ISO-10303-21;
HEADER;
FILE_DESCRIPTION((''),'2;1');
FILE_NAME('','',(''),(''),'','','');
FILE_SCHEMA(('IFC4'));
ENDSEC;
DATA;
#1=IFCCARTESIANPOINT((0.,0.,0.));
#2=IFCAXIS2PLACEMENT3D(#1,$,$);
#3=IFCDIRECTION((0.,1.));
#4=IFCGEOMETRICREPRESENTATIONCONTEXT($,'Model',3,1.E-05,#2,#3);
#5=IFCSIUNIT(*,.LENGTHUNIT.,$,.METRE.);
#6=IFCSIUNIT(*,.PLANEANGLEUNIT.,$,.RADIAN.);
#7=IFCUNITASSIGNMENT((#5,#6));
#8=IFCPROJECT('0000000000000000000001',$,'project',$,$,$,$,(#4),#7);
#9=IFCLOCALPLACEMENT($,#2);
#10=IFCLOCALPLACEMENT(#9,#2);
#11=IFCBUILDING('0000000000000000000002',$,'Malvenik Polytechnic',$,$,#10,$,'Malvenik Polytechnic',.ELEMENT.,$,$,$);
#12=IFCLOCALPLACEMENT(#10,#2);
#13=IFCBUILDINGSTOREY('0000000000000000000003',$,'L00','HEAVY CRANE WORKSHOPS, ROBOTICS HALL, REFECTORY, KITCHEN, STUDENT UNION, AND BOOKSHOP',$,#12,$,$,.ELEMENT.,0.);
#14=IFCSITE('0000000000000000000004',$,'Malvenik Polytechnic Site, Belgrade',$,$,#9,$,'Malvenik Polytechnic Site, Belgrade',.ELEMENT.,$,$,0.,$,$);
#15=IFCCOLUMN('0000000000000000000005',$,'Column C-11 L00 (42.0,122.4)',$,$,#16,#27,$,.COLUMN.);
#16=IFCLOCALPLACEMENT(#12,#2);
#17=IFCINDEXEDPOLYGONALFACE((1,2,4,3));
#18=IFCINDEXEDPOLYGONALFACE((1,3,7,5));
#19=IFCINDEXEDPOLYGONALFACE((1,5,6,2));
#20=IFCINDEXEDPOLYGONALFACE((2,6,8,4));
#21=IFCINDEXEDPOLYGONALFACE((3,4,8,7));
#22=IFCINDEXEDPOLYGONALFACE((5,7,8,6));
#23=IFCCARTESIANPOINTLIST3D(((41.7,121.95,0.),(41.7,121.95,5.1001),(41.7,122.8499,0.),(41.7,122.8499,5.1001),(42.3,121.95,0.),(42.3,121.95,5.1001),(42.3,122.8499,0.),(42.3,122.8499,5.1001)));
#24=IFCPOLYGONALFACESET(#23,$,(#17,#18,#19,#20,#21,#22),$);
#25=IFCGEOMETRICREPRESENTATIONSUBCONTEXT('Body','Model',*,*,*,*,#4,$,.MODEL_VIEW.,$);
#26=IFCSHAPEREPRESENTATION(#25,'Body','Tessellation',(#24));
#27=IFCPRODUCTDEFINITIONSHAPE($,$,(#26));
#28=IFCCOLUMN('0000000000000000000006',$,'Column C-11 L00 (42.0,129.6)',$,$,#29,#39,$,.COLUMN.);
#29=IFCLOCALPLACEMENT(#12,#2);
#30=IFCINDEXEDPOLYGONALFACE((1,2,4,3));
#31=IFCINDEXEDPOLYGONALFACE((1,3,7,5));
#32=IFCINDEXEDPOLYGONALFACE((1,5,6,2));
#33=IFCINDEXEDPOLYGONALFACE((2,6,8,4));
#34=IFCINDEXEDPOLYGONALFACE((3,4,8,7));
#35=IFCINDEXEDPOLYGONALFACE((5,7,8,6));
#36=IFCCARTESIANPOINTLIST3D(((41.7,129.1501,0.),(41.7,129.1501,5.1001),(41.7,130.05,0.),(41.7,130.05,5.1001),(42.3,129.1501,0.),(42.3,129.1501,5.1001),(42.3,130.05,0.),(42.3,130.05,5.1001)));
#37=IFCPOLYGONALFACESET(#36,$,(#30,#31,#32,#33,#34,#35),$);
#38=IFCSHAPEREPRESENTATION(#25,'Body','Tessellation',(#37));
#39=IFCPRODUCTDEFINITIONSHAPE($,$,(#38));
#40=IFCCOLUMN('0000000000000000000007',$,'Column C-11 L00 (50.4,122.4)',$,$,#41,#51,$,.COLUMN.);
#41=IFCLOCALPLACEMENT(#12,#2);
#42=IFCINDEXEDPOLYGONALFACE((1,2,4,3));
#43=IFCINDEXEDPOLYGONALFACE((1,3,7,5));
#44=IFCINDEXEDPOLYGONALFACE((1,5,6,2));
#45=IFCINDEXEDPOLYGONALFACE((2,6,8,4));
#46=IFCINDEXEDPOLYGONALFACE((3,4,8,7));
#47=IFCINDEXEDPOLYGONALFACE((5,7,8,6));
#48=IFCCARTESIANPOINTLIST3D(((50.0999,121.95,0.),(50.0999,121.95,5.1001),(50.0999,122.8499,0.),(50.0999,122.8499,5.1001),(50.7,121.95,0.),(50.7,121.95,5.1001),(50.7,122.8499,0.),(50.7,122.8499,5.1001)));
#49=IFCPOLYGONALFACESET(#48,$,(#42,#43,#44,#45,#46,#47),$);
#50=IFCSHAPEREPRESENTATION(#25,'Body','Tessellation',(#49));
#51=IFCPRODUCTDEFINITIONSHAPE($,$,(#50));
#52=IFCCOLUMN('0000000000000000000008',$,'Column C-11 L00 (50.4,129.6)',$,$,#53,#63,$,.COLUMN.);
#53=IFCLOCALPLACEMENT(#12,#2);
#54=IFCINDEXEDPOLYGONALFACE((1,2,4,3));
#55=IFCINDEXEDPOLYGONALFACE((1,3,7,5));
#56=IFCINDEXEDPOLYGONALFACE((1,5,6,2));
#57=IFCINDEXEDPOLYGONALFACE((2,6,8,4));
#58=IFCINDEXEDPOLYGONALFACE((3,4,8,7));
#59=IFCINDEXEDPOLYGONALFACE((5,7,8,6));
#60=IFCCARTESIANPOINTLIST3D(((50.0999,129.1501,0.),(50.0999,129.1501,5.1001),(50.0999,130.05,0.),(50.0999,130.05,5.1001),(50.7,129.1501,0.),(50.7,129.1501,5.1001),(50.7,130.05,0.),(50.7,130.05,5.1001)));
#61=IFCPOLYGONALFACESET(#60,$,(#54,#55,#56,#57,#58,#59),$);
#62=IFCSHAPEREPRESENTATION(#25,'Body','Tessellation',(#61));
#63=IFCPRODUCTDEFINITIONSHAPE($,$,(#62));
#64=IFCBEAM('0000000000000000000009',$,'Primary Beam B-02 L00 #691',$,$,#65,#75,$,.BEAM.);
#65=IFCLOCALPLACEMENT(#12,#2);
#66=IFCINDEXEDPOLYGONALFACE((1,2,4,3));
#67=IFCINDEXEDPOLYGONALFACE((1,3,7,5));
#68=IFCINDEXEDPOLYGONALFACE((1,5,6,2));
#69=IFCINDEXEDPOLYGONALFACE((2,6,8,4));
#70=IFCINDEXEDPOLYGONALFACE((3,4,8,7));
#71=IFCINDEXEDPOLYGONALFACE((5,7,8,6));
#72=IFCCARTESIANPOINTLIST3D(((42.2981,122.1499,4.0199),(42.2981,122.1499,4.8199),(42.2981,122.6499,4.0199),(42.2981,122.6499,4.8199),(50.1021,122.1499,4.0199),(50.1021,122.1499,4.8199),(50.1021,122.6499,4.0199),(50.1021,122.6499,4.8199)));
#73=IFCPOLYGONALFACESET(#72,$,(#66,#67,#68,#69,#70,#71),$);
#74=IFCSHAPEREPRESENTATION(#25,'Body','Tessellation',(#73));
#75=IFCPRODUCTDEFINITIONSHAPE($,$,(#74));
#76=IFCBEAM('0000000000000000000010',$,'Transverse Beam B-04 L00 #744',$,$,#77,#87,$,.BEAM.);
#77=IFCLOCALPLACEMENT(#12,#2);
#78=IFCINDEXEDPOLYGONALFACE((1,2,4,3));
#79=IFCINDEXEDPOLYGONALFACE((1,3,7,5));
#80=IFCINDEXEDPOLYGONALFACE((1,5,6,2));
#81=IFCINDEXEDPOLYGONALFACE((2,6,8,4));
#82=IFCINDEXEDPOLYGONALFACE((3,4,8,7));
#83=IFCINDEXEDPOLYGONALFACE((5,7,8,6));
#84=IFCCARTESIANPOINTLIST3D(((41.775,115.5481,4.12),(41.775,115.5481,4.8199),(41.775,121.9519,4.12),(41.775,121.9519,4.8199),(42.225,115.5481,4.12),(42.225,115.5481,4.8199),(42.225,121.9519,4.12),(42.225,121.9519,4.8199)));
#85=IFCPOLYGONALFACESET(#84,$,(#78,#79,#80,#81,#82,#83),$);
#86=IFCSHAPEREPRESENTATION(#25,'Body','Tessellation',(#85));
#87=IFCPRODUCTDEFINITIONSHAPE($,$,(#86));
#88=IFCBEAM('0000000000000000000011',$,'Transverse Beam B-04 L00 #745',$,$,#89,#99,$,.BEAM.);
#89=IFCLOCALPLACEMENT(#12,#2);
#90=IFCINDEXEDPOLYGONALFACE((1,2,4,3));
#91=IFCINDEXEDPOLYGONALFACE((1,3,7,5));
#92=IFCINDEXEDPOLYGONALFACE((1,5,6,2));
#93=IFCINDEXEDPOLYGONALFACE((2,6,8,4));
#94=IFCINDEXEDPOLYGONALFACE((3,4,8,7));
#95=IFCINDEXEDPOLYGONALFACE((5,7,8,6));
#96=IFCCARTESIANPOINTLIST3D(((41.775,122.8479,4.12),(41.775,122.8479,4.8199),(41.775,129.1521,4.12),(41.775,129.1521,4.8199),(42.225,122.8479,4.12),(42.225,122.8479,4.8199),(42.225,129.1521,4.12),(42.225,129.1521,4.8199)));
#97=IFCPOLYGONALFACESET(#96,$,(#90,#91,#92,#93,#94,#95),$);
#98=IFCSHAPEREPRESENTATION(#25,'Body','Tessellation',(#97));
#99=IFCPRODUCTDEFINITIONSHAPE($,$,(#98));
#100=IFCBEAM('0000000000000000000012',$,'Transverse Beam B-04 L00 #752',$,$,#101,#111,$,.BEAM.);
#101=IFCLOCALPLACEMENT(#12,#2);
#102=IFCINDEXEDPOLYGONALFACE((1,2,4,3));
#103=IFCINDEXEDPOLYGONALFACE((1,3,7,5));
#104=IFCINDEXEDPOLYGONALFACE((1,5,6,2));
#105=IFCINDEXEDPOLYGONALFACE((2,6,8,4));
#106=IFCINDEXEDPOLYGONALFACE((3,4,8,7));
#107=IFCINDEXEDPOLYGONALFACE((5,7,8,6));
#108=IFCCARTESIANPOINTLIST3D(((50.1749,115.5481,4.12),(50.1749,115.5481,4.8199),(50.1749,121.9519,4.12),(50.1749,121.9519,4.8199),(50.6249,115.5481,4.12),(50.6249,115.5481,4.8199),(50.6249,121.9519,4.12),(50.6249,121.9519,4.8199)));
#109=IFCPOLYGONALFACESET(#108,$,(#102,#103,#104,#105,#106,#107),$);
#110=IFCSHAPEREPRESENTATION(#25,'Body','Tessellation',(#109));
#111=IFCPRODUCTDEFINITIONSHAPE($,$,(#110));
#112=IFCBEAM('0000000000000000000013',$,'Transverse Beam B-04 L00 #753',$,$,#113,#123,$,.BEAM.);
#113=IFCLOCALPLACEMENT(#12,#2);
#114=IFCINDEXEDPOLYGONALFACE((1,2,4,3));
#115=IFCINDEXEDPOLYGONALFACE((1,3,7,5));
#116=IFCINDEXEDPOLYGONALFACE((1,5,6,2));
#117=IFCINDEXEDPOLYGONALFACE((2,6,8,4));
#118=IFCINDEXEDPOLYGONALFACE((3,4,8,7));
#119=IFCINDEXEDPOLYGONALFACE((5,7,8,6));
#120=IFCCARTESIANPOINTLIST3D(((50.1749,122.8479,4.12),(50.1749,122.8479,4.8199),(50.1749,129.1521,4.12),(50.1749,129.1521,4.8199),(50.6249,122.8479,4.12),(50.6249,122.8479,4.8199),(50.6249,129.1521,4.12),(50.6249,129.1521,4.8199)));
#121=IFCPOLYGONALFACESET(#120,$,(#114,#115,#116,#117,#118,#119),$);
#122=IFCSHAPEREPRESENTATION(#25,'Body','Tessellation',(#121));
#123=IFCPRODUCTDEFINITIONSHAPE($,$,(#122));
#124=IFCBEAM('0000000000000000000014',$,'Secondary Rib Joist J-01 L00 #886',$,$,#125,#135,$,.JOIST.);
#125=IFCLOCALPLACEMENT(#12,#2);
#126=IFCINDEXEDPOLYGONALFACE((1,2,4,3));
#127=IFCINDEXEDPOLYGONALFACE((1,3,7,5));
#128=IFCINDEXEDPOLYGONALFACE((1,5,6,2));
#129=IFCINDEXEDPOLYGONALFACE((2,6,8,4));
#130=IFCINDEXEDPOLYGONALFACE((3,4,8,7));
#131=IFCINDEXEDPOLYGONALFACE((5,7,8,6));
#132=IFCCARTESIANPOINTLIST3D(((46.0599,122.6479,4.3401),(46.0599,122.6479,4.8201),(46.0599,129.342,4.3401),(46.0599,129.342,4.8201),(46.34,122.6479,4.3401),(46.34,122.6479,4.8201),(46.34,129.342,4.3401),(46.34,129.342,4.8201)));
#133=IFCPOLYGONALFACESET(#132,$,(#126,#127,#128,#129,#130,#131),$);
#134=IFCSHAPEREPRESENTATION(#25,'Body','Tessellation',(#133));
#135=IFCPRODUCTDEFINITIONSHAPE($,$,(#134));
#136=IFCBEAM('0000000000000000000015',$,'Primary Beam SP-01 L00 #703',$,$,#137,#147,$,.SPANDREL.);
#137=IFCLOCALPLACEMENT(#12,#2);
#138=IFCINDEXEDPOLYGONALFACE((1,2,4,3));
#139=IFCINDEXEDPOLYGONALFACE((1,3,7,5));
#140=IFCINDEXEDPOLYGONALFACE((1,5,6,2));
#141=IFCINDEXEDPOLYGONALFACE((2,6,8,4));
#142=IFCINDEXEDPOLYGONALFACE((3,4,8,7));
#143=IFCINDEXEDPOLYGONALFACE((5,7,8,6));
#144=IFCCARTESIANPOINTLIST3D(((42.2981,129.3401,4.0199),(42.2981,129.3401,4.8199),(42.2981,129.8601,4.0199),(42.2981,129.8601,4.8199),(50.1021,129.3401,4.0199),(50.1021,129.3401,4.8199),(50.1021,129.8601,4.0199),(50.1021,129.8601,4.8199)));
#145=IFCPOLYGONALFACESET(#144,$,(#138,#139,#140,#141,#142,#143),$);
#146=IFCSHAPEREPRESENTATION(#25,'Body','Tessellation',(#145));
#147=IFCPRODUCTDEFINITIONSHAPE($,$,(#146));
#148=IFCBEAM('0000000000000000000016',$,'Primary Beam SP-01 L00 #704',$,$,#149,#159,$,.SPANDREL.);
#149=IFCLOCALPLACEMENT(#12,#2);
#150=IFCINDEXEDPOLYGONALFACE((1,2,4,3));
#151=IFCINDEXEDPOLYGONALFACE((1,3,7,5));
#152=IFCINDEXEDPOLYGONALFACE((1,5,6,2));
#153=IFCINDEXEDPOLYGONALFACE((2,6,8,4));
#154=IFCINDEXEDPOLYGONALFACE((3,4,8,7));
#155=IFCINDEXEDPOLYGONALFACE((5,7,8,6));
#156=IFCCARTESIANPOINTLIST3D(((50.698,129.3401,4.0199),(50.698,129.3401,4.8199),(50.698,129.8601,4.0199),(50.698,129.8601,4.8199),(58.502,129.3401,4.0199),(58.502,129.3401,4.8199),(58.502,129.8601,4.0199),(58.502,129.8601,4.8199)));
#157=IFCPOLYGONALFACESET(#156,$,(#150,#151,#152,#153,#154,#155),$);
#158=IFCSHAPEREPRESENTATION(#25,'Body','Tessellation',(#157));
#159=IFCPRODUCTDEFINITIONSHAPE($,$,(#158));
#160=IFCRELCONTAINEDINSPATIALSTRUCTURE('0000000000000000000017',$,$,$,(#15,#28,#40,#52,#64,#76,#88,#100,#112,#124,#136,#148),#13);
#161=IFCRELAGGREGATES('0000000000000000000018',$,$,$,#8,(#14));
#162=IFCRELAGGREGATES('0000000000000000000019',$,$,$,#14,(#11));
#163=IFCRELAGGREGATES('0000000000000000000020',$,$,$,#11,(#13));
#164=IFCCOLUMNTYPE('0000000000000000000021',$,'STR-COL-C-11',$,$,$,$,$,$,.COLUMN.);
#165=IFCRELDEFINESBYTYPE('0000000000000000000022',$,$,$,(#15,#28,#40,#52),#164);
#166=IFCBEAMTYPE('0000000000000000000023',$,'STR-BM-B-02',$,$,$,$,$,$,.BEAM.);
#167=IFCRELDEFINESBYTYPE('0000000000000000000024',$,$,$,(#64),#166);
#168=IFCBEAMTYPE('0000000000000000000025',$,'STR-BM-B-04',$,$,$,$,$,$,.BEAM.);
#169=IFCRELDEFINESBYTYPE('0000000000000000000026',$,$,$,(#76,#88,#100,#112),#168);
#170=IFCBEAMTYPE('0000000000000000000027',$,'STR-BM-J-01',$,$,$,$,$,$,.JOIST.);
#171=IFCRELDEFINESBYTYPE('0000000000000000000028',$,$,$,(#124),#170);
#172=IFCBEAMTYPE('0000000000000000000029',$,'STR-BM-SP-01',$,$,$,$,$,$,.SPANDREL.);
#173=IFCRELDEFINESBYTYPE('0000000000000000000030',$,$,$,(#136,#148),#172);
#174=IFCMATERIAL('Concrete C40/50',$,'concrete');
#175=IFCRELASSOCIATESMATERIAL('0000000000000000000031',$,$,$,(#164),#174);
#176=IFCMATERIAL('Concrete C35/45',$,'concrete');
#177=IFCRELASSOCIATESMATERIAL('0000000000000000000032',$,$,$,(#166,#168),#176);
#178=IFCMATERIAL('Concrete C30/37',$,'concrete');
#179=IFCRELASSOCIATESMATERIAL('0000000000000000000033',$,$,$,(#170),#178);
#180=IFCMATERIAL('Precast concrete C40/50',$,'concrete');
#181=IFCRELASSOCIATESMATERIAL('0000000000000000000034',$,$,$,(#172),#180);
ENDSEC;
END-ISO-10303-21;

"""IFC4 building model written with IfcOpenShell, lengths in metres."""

from ifc_helpers import new_model, si_unit, direction, frame, origin, origin_2d, place, context, subcontext, project, spatial, rectangle, extrude, material, material_profile, profile_set, type_object, element, save


model = new_model("IFC4")

# Units and contexts
model_context = context("Model", 3, precision=1e-05, world=origin(), true_north=direction((0.0, 1.0)))
body_context = subcontext(model_context, "Body", "Model", "MODEL_VIEW")
ifc_project = project(units=[si_unit("LENGTHUNIT", "METRE"), si_unit("PLANEANGLEUNIT", "RADIAN")], contexts=[model_context])

# Site, building, storey
site_placement = place(None, origin())
site = spatial("IfcSite", under=ifc_project, at=site_placement, Name="Malvenik Polytechnic Site, Belgrade", LongName="Malvenik Polytechnic Site, Belgrade", CompositionType="ELEMENT", RefElevation=0.0)
building_placement = place(site_placement, origin())
building = spatial("IfcBuilding", under=site, at=building_placement, Name="Malvenik Polytechnic", LongName="Malvenik Polytechnic", CompositionType="ELEMENT")
storey_placement = place(building_placement, origin())
storey = spatial("IfcBuildingStorey", under=building, at=storey_placement, Name="L00", Description="HEAVY CRANE WORKSHOPS, ROBOTICS HALL, REFECTORY, KITCHEN, STUDENT UNION, AND BOOKSHOP", CompositionType="ELEMENT", Elevation=0.0)

# Columns
ifc_material_1 = material(Name="Concrete C40/50", Category="concrete")
ifc_material_profile_1 = material_profile(ifc_material_1, rectangle(XDim=0.6001, YDim=0.8999, at=origin_2d()), Name="RC COL 900x600")
ifc_profile_set_1 = profile_set([ifc_material_profile_1], Name="Concrete C40/50")
column_type = type_object("IfcColumnType", Name="STR-COL-C-11", PredefinedType="COLUMN", material=ifc_profile_set_1)
for number, where, z_axis, x_axis, name in (
    (1, (42.0, 122.3999, 0.0), (0.0, 0.0, 1.0), (1.0, 0.0, 0.0), "Column C-11 L00 (42.0,122.4)"),
    (2, (42.0, 129.6001, 0.0), (0.0, 0.0, 1.0), (1.0, 0.0, 0.0), "Column C-11 L00 (42.0,129.6)"),
    (3, (50.3999, 122.3999, 0.0), (0.0, 0.0, 1.0), (1.0, 0.0, 0.0), "Column C-11 L00 (50.4,122.4)"),
    (4, (50.3999, 129.6001, 0.0), (0.0, 0.0, 1.0), (1.0, 0.0, 0.0), "Column C-11 L00 (50.4,129.6)"),
):
    element("IfcColumn", number, at=place(storey_placement, frame(where, z_axis=z_axis, x_axis=x_axis)), inside=storey, type_object=column_type, Name=name, PredefinedType="COLUMN", context=body_context, shape_type="SweptSolid", body=[
        extrude(rectangle(XDim=0.6001, YDim=0.8999, at=origin_2d()), origin(), (0.0, 0.0, 1.0), 5.1001),
    ])

# Beams
ifc_material_2 = material(Name="Concrete C35/45", Category="concrete")
ifc_material_profile_2 = material_profile(ifc_material_2, rectangle(XDim=0.5, YDim=0.8, at=origin_2d()), Name="RC BM 500x800")
ifc_profile_set_2 = profile_set([ifc_material_profile_2], Name="Concrete C35/45")
beam_type_1 = type_object("IfcBeamType", Name="STR-BM-B-02", PredefinedType="BEAM", material=ifc_profile_set_2)
beam_1_placement = place(storey_placement, frame((42.2981, 122.3999, 4.4199), z_axis=(1.0, 0.0, 0.0), x_axis=(0.0, 1.0, 0.0)))
element("IfcBeam", 5, at=beam_1_placement, inside=storey, type_object=beam_type_1, Name="Primary Beam B-02 L00 #691", PredefinedType="BEAM", context=body_context, shape_type="SweptSolid", body=[
    extrude(rectangle(XDim=0.5, YDim=0.8, at=origin_2d()), origin(), (0.0, 0.0, 1.0), 7.804),
])
ifc_material_profile_3 = material_profile(ifc_material_2, rectangle(XDim=0.45, YDim=0.7, at=origin_2d()), Name="RC BM 450x700")
ifc_profile_set_3 = profile_set([ifc_material_profile_3], Name="Concrete C35/45")
beam_type_2 = type_object("IfcBeamType", Name="STR-BM-B-04", PredefinedType="BEAM", material=ifc_profile_set_3)
beam_2_placement = place(storey_placement, frame((42.0, 115.5481, 4.47), z_axis=(0.0, 1.0, 0.0), x_axis=(-1.0, 0.0, 0.0)))
element("IfcBeam", 6, at=beam_2_placement, inside=storey, type_object=beam_type_2, Name="Transverse Beam B-04 L00 #744", PredefinedType="BEAM", context=body_context, shape_type="SweptSolid", body=[
    extrude(rectangle(XDim=0.45, YDim=0.7, at=origin_2d()), origin(), (0.0, 0.0, 1.0), 6.4038),
])
beam_3_placement = place(storey_placement, frame((42.0, 122.8479, 4.47), z_axis=(0.0, 1.0, 0.0), x_axis=(-1.0, 0.0, 0.0)))
element("IfcBeam", 7, at=beam_3_placement, inside=storey, type_object=beam_type_2, Name="Transverse Beam B-04 L00 #745", PredefinedType="BEAM", context=body_context, shape_type="SweptSolid", body=[
    extrude(rectangle(XDim=0.45, YDim=0.7, at=origin_2d()), origin(), (0.0, 0.0, 1.0), 6.3042),
])
beam_4_placement = place(storey_placement, frame((50.3999, 115.5481, 4.47), z_axis=(0.0, 1.0, 0.0), x_axis=(-1.0, 0.0, 0.0)))
element("IfcBeam", 8, at=beam_4_placement, inside=storey, type_object=beam_type_2, Name="Transverse Beam B-04 L00 #752", PredefinedType="BEAM", context=body_context, shape_type="SweptSolid", body=[
    extrude(rectangle(XDim=0.45, YDim=0.7, at=origin_2d()), origin(), (0.0, 0.0, 1.0), 6.4038),
])
beam_5_placement = place(storey_placement, frame((50.3999, 122.8479, 4.47), z_axis=(0.0, 1.0, 0.0), x_axis=(-1.0, 0.0, 0.0)))
element("IfcBeam", 9, at=beam_5_placement, inside=storey, type_object=beam_type_2, Name="Transverse Beam B-04 L00 #753", PredefinedType="BEAM", context=body_context, shape_type="SweptSolid", body=[
    extrude(rectangle(XDim=0.45, YDim=0.7, at=origin_2d()), origin(), (0.0, 0.0, 1.0), 6.3042),
])
ifc_material_3 = material(Name="Concrete C30/37", Category="concrete")
ifc_material_profile_4 = material_profile(ifc_material_3, rectangle(XDim=0.28, YDim=0.48, at=origin_2d()), Name="RC JST 280x480")
ifc_profile_set_4 = profile_set([ifc_material_profile_4], Name="Concrete C30/37")
beam_type_3 = type_object("IfcBeamType", Name="STR-BM-J-01", PredefinedType="JOIST", material=ifc_profile_set_4)
beam_6_placement = place(storey_placement, frame((46.2, 122.6479, 4.5801), z_axis=(0.0, 1.0, 0.0), x_axis=(-1.0, 0.0, 0.0)))
element("IfcBeam", 10, at=beam_6_placement, inside=storey, type_object=beam_type_3, Name="Secondary Rib Joist J-01 L00 #886", PredefinedType="JOIST", context=body_context, shape_type="SweptSolid", body=[
    extrude(rectangle(XDim=0.28, YDim=0.48, at=origin_2d()), origin(), (0.0, 0.0, 1.0), 6.6941),
])
ifc_material_4 = material(Name="Precast concrete C40/50", Category="concrete")
ifc_material_profile_5 = material_profile(ifc_material_4, rectangle(XDim=0.52, YDim=0.8, at=origin_2d()), Name="PC SPN 520x800")
ifc_profile_set_5 = profile_set([ifc_material_profile_5], Name="Precast concrete C40/50")
beam_type_4 = type_object("IfcBeamType", Name="STR-BM-SP-01", PredefinedType="SPANDREL", material=ifc_profile_set_5)
for number, where, z_axis, x_axis, name in (
    (11, (42.2981, 129.6001, 4.4199), (1.0, 0.0, 0.0), (0.0, 1.0, 0.0), "Primary Beam SP-01 L00 #703"),
    (12, (50.698, 129.6001, 4.4199), (1.0, 0.0, 0.0), (0.0, 1.0, 0.0), "Primary Beam SP-01 L00 #704"),
):
    element("IfcBeam", number, at=place(storey_placement, frame(where, z_axis=z_axis, x_axis=x_axis)), inside=storey, type_object=beam_type_4, Name=name, PredefinedType="SPANDREL", context=body_context, shape_type="SweptSolid", body=[
        extrude(rectangle(XDim=0.52, YDim=0.8, at=origin_2d()), origin(), (0.0, 0.0, 1.0), 7.804),
    ])

save(model, "model.ifc")
